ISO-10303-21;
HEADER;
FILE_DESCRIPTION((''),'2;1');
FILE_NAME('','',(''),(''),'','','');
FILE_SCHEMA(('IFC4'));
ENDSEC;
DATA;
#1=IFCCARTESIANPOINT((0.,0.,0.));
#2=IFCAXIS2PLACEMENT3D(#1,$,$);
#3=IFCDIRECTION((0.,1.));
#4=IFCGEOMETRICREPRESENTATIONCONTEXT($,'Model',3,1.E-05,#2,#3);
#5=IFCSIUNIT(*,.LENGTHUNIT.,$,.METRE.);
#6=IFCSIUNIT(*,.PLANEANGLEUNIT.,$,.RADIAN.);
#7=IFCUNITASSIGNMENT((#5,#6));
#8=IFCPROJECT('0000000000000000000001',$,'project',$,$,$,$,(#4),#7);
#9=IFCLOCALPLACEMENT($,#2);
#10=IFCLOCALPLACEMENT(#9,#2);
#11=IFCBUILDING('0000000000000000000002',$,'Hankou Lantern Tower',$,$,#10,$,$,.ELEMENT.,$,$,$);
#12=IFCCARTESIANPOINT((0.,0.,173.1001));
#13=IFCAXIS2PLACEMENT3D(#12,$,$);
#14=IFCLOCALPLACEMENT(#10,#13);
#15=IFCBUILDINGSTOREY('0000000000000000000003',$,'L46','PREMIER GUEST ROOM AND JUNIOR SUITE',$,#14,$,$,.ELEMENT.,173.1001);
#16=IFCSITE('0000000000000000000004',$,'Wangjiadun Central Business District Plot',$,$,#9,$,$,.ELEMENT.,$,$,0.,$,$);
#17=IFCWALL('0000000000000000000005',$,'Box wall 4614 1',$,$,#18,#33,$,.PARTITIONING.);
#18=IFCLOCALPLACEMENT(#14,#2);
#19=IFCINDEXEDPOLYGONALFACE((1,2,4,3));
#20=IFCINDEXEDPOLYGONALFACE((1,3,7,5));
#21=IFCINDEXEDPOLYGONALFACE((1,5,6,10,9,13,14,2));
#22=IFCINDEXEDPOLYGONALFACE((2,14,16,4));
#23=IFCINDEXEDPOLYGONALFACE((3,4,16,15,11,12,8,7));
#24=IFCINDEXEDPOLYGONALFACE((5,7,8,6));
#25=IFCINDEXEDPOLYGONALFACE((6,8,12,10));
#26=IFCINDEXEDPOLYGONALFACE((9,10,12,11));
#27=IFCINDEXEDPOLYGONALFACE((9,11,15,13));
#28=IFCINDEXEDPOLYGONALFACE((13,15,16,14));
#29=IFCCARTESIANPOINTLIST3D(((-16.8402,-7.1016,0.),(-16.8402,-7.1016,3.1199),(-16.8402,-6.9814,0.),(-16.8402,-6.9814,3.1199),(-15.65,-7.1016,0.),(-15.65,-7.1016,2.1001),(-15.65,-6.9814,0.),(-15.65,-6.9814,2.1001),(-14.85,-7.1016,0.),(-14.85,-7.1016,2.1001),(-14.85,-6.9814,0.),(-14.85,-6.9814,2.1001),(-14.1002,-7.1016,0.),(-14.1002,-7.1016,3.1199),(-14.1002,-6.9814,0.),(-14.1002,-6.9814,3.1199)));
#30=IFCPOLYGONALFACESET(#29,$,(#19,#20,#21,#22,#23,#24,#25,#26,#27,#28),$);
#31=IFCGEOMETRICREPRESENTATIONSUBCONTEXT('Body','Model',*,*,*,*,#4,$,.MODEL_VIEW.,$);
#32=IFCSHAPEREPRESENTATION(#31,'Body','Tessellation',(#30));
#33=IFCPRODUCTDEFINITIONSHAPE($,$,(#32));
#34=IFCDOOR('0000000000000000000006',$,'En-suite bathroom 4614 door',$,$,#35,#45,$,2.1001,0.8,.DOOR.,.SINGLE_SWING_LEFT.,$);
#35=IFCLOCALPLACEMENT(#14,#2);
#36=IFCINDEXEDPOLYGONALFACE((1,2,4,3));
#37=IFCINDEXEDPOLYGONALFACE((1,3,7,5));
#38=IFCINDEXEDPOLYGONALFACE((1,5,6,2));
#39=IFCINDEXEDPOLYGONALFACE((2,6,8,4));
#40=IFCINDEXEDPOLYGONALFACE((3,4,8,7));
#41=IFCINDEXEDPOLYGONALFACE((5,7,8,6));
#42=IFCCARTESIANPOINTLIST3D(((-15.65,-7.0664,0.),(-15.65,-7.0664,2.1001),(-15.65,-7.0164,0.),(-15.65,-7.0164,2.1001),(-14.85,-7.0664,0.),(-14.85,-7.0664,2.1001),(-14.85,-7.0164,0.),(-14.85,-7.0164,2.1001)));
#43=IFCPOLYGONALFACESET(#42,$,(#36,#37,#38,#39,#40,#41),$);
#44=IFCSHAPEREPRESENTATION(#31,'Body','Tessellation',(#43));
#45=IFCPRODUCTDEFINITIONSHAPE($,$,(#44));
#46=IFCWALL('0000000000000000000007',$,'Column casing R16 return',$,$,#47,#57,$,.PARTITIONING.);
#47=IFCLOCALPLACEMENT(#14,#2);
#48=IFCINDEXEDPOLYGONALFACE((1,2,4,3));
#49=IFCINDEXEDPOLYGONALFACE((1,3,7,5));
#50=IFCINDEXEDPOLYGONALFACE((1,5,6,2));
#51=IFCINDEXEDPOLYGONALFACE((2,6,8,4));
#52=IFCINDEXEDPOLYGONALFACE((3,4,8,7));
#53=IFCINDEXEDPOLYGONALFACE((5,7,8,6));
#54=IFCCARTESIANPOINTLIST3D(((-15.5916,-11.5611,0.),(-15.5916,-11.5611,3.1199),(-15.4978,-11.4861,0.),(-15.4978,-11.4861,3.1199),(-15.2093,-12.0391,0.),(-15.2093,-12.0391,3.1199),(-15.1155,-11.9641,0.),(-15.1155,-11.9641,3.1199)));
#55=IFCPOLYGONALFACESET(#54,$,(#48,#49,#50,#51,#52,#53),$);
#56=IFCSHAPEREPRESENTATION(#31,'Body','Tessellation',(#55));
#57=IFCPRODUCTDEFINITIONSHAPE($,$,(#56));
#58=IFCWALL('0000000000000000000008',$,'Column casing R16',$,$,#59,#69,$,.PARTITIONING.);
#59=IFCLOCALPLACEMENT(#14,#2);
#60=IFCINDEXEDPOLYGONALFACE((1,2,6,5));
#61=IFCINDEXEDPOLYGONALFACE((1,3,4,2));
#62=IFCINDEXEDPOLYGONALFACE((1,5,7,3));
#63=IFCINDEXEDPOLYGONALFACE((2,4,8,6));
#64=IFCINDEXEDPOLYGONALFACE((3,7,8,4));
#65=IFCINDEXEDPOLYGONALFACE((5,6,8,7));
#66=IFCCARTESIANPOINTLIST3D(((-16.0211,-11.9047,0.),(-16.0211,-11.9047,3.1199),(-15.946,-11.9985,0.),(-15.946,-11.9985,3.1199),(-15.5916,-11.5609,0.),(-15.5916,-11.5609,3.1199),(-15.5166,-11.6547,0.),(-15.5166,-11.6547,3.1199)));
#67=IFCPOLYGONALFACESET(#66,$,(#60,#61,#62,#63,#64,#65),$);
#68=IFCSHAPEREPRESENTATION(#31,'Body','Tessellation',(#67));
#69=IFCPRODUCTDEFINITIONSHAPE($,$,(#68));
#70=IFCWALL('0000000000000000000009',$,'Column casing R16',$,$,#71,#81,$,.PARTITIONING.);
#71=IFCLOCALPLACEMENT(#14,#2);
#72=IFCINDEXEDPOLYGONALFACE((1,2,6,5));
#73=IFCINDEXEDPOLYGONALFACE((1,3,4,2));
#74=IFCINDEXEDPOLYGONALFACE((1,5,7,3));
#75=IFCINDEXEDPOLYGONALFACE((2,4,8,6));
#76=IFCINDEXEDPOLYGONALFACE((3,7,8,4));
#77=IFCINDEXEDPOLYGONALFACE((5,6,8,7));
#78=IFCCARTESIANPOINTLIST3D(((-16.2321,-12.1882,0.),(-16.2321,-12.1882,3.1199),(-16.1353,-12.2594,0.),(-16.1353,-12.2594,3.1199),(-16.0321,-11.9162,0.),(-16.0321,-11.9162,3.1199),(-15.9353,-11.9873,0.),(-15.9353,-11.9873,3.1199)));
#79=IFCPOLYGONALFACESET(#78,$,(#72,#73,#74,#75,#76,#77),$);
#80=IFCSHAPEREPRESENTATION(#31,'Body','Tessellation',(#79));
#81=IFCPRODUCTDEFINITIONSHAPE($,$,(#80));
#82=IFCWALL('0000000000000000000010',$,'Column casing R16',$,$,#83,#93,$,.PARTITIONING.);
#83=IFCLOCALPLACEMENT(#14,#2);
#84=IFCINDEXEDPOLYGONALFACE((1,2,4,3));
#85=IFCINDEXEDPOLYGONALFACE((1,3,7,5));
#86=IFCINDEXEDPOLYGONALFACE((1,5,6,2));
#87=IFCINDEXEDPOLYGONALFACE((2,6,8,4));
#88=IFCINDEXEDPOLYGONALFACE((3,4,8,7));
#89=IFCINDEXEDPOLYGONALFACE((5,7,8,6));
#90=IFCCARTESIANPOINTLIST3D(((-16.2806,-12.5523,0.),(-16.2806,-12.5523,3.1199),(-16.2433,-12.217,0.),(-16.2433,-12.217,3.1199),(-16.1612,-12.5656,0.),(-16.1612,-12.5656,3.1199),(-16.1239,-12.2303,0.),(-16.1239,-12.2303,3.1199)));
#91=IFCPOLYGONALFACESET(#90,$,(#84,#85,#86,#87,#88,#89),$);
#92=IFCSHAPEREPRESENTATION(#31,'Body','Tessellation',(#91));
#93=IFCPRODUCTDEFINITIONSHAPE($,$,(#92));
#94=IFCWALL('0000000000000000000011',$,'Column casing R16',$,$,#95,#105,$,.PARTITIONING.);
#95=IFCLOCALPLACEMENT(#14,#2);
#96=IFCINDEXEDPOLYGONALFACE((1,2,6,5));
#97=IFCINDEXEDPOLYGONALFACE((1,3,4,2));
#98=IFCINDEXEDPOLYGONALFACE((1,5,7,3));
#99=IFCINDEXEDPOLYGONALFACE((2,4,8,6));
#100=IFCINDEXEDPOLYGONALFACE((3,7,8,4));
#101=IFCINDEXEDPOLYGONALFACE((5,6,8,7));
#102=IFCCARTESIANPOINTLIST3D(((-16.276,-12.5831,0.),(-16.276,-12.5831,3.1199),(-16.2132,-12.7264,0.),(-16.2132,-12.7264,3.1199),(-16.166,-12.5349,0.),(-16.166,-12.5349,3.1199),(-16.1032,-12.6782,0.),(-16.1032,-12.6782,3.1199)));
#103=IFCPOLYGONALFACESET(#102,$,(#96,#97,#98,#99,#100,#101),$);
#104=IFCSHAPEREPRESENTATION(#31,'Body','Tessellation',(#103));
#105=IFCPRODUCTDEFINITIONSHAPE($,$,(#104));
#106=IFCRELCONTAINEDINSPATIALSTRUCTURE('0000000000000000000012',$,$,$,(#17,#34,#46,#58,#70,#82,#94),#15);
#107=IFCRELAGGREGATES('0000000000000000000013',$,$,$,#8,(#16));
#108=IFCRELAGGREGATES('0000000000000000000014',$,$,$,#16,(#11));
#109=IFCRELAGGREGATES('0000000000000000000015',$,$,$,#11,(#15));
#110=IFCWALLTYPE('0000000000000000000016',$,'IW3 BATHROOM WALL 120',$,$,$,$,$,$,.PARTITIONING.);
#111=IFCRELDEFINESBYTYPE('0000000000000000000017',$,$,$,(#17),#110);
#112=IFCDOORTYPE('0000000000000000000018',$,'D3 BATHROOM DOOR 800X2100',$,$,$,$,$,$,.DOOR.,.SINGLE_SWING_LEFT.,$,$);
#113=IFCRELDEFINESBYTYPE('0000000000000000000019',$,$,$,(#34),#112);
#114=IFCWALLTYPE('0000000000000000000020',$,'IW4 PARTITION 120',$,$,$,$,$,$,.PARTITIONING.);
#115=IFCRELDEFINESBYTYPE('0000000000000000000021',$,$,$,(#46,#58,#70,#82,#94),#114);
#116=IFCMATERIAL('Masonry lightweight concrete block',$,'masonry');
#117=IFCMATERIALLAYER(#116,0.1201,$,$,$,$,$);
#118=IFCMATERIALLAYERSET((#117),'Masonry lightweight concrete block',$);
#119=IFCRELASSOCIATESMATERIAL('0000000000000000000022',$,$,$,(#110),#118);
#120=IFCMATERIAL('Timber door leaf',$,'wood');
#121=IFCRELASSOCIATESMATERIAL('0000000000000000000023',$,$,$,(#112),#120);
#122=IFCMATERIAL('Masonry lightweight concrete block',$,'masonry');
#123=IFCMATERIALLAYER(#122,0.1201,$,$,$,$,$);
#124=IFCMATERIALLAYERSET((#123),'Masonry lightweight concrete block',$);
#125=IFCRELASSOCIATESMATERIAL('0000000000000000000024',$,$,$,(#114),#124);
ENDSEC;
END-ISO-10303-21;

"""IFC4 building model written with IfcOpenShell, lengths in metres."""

from ifc_helpers import new_model, si_unit, direction, frame, frame_2d, origin, place, context, subcontext, project, spatial, rectangle, extrude, material, layer, layer_set, type_object, element, fill, save


model = new_model("IFC4")

# Units and contexts
model_context = context("Model", 3, precision=1e-05, world=origin(), true_north=direction((0.0, 1.0)))
body_context = subcontext(model_context, "Body", "Model", "MODEL_VIEW")
ifc_project = project(units=[si_unit("LENGTHUNIT", "METRE"), si_unit("PLANEANGLEUNIT", "RADIAN")], contexts=[model_context])

# Site, building, storey
site_placement = place(None, origin())
site = spatial("IfcSite", under=ifc_project, at=site_placement, Name="Wangjiadun Central Business District Plot", CompositionType="ELEMENT", RefElevation=0.0)
building_placement = place(site_placement, origin())
building = spatial("IfcBuilding", under=site, at=building_placement, Name="Hankou Lantern Tower", CompositionType="ELEMENT")
storey_placement = place(building_placement, frame((0.0, 0.0, 173.1001)))
storey = spatial("IfcBuildingStorey", under=building, at=storey_placement, Name="L46", Description="PREMIER GUEST ROOM AND JUNIOR SUITE", CompositionType="ELEMENT", Elevation=173.1001)

# Shared definitions
ifc_material_1 = material(Name="Masonry lightweight concrete block", Category="masonry")
ifc_layer_1 = layer(ifc_material_1, 0.1201)
ifc_layer_set_1 = layer_set([ifc_layer_1], Name="Masonry lightweight concrete block")
wall_type_1 = type_object("IfcWallType", Name="IW3 BATHROOM WALL 120", PredefinedType="PARTITIONING", material=ifc_layer_set_1)

# Wall, opening, door
ifc_material_2 = material(Name="Timber door leaf", Category="wood")
door_type = type_object("IfcDoorType", Name="D3 BATHROOM DOOR 800X2100", OperationType="SINGLE_SWING_LEFT", PredefinedType="DOOR", material=ifc_material_2)
wall_1_placement = place(storey_placement, frame((-14.1001, -7.0415, 0.0), z_axis=(0.0, 0.0, 1.0), x_axis=(-1.0, 0.0, 0.0)))
wall_1 = element("IfcWall", 1, at=wall_1_placement, inside=storey, type_object=wall_type_1, Name="Box wall 4614 1", PredefinedType="PARTITIONING", context=body_context, shape_type="SweptSolid", body=[
    extrude(rectangle(XDim=2.74, YDim=0.1201, at=frame_2d((1.3701, 0.0))), origin(), (0.0, 0.0, 1.0), 3.1199),
])
opening_1_placement = place(wall_1_placement, frame((0.75, 0.0, 0.0)))
opening_1 = element("IfcOpeningElement", 2, at=opening_1_placement, cuts=wall_1, PredefinedType="OPENING", context=body_context, shape_type="SweptSolid", body=[
    extrude(rectangle(XDim=0.8, YDim=2.1001, at=frame_2d((0.3999, 1.05))), frame((0.0, 0.0701, 0.0), z_axis=(0.0, -1.0, 0.0), x_axis=(1.0, 0.0, 0.0)), (0.0, 0.0, 1.0), 0.1401),
])
door_1_placement = place(opening_1_placement, origin())
door_1 = element("IfcDoor", 3, at=door_1_placement, inside=storey, type_object=door_type, Name="En-suite bathroom 4614 door", OperationType="SINGLE_SWING_LEFT", OverallHeight=2.1001, OverallWidth=0.8, PredefinedType="DOOR", context=body_context, shape_type="SweptSolid", body=[
    extrude(rectangle(XDim=0.8, YDim=2.1001, at=frame_2d((0.3999, 1.05))), frame((0.0, 0.0249, 0.0), z_axis=(0.0, -1.0, 0.0), x_axis=(1.0, 0.0, 0.0)), (0.0, 0.0, 1.0), 0.05),
])
fill(opening_1, door_1)

# Walls
ifc_material_3 = material(Name="Masonry lightweight concrete block", Category="masonry")
ifc_layer_2 = layer(ifc_material_3, 0.1201)
ifc_layer_set_2 = layer_set([ifc_layer_2], Name="Masonry lightweight concrete block")
wall_type_2 = type_object("IfcWallType", Name="IW4 PARTITION 120", PredefinedType="PARTITIONING", material=ifc_layer_set_2)
wall_2_placement = place(storey_placement, frame((-15.1624, -12.0017, 0.0), z_axis=(0.0, 0.0, 1.0), x_axis=(-0.624598, 0.780947, 0.0)))
element("IfcWall", 4, at=wall_2_placement, inside=storey, type_object=wall_type_2, Name="Column casing R16 return", PredefinedType="PARTITIONING", context=body_context, shape_type="SweptSolid", body=[
    extrude(rectangle(XDim=0.6121, YDim=0.1201, at=frame_2d((0.3062, 0.0))), origin(), (0.0, 0.0, 1.0), 3.1199),
])
wall_3_placement = place(storey_placement, frame((-15.5542, -11.6079, 0.0), z_axis=(0.0, 0.0, 1.0), x_axis=(-0.780696, -0.624912, 0.0)))
element("IfcWall", 5, at=wall_3_placement, inside=storey, type_object=wall_type_2, Name="Column casing R16", PredefinedType="PARTITIONING", context=body_context, shape_type="SweptSolid", body=[
    extrude(rectangle(XDim=0.55, YDim=0.1201, at=frame_2d((0.2749, 0.0))), origin(), (0.0, 0.0, 1.0), 3.1199),
])
wall_4_placement = place(storey_placement, frame((-15.9836, -11.9517, 0.0), z_axis=(0.0, 0.0, 1.0), x_axis=(-0.592335, -0.805692, 0.0)))
element("IfcWall", 6, at=wall_4_placement, inside=storey, type_object=wall_type_2, Name="Column casing R16", PredefinedType="PARTITIONING", context=body_context, shape_type="SweptSolid", body=[
    extrude(rectangle(XDim=0.3376, YDim=0.1201, at=frame_2d((0.1689, 0.0))), origin(), (0.0, 0.0, 1.0), 3.1199),
])
wall_5_placement = place(storey_placement, frame((-16.1836, -12.2236, 0.0), z_axis=(0.0, 0.0, 1.0), x_axis=(-0.11067, -0.993857, 0.0)))
element("IfcWall", 7, at=wall_5_placement, inside=storey, type_object=wall_type_2, Name="Column casing R16", PredefinedType="PARTITIONING", context=body_context, shape_type="SweptSolid", body=[
    extrude(rectangle(XDim=0.3374, YDim=0.1201, at=frame_2d((0.1687, 0.0))), origin(), (0.0, 0.0, 1.0), 3.1199),
])
wall_6_placement = place(storey_placement, frame((-16.2209, -12.5591, 0.0), z_axis=(0.0, 0.0, 1.0), x_axis=(0.401064, -0.91605, 0.0)))
element("IfcWall", 8, at=wall_6_placement, inside=storey, type_object=wall_type_2, Name="Column casing R16", PredefinedType="PARTITIONING", context=body_context, shape_type="SweptSolid", body=[
    extrude(rectangle(XDim=0.1565, YDim=0.1201, at=frame_2d((0.0781, 0.0))), origin(), (0.0, 0.0, 1.0), 3.1199),
])

save(model, "model.ifc")
